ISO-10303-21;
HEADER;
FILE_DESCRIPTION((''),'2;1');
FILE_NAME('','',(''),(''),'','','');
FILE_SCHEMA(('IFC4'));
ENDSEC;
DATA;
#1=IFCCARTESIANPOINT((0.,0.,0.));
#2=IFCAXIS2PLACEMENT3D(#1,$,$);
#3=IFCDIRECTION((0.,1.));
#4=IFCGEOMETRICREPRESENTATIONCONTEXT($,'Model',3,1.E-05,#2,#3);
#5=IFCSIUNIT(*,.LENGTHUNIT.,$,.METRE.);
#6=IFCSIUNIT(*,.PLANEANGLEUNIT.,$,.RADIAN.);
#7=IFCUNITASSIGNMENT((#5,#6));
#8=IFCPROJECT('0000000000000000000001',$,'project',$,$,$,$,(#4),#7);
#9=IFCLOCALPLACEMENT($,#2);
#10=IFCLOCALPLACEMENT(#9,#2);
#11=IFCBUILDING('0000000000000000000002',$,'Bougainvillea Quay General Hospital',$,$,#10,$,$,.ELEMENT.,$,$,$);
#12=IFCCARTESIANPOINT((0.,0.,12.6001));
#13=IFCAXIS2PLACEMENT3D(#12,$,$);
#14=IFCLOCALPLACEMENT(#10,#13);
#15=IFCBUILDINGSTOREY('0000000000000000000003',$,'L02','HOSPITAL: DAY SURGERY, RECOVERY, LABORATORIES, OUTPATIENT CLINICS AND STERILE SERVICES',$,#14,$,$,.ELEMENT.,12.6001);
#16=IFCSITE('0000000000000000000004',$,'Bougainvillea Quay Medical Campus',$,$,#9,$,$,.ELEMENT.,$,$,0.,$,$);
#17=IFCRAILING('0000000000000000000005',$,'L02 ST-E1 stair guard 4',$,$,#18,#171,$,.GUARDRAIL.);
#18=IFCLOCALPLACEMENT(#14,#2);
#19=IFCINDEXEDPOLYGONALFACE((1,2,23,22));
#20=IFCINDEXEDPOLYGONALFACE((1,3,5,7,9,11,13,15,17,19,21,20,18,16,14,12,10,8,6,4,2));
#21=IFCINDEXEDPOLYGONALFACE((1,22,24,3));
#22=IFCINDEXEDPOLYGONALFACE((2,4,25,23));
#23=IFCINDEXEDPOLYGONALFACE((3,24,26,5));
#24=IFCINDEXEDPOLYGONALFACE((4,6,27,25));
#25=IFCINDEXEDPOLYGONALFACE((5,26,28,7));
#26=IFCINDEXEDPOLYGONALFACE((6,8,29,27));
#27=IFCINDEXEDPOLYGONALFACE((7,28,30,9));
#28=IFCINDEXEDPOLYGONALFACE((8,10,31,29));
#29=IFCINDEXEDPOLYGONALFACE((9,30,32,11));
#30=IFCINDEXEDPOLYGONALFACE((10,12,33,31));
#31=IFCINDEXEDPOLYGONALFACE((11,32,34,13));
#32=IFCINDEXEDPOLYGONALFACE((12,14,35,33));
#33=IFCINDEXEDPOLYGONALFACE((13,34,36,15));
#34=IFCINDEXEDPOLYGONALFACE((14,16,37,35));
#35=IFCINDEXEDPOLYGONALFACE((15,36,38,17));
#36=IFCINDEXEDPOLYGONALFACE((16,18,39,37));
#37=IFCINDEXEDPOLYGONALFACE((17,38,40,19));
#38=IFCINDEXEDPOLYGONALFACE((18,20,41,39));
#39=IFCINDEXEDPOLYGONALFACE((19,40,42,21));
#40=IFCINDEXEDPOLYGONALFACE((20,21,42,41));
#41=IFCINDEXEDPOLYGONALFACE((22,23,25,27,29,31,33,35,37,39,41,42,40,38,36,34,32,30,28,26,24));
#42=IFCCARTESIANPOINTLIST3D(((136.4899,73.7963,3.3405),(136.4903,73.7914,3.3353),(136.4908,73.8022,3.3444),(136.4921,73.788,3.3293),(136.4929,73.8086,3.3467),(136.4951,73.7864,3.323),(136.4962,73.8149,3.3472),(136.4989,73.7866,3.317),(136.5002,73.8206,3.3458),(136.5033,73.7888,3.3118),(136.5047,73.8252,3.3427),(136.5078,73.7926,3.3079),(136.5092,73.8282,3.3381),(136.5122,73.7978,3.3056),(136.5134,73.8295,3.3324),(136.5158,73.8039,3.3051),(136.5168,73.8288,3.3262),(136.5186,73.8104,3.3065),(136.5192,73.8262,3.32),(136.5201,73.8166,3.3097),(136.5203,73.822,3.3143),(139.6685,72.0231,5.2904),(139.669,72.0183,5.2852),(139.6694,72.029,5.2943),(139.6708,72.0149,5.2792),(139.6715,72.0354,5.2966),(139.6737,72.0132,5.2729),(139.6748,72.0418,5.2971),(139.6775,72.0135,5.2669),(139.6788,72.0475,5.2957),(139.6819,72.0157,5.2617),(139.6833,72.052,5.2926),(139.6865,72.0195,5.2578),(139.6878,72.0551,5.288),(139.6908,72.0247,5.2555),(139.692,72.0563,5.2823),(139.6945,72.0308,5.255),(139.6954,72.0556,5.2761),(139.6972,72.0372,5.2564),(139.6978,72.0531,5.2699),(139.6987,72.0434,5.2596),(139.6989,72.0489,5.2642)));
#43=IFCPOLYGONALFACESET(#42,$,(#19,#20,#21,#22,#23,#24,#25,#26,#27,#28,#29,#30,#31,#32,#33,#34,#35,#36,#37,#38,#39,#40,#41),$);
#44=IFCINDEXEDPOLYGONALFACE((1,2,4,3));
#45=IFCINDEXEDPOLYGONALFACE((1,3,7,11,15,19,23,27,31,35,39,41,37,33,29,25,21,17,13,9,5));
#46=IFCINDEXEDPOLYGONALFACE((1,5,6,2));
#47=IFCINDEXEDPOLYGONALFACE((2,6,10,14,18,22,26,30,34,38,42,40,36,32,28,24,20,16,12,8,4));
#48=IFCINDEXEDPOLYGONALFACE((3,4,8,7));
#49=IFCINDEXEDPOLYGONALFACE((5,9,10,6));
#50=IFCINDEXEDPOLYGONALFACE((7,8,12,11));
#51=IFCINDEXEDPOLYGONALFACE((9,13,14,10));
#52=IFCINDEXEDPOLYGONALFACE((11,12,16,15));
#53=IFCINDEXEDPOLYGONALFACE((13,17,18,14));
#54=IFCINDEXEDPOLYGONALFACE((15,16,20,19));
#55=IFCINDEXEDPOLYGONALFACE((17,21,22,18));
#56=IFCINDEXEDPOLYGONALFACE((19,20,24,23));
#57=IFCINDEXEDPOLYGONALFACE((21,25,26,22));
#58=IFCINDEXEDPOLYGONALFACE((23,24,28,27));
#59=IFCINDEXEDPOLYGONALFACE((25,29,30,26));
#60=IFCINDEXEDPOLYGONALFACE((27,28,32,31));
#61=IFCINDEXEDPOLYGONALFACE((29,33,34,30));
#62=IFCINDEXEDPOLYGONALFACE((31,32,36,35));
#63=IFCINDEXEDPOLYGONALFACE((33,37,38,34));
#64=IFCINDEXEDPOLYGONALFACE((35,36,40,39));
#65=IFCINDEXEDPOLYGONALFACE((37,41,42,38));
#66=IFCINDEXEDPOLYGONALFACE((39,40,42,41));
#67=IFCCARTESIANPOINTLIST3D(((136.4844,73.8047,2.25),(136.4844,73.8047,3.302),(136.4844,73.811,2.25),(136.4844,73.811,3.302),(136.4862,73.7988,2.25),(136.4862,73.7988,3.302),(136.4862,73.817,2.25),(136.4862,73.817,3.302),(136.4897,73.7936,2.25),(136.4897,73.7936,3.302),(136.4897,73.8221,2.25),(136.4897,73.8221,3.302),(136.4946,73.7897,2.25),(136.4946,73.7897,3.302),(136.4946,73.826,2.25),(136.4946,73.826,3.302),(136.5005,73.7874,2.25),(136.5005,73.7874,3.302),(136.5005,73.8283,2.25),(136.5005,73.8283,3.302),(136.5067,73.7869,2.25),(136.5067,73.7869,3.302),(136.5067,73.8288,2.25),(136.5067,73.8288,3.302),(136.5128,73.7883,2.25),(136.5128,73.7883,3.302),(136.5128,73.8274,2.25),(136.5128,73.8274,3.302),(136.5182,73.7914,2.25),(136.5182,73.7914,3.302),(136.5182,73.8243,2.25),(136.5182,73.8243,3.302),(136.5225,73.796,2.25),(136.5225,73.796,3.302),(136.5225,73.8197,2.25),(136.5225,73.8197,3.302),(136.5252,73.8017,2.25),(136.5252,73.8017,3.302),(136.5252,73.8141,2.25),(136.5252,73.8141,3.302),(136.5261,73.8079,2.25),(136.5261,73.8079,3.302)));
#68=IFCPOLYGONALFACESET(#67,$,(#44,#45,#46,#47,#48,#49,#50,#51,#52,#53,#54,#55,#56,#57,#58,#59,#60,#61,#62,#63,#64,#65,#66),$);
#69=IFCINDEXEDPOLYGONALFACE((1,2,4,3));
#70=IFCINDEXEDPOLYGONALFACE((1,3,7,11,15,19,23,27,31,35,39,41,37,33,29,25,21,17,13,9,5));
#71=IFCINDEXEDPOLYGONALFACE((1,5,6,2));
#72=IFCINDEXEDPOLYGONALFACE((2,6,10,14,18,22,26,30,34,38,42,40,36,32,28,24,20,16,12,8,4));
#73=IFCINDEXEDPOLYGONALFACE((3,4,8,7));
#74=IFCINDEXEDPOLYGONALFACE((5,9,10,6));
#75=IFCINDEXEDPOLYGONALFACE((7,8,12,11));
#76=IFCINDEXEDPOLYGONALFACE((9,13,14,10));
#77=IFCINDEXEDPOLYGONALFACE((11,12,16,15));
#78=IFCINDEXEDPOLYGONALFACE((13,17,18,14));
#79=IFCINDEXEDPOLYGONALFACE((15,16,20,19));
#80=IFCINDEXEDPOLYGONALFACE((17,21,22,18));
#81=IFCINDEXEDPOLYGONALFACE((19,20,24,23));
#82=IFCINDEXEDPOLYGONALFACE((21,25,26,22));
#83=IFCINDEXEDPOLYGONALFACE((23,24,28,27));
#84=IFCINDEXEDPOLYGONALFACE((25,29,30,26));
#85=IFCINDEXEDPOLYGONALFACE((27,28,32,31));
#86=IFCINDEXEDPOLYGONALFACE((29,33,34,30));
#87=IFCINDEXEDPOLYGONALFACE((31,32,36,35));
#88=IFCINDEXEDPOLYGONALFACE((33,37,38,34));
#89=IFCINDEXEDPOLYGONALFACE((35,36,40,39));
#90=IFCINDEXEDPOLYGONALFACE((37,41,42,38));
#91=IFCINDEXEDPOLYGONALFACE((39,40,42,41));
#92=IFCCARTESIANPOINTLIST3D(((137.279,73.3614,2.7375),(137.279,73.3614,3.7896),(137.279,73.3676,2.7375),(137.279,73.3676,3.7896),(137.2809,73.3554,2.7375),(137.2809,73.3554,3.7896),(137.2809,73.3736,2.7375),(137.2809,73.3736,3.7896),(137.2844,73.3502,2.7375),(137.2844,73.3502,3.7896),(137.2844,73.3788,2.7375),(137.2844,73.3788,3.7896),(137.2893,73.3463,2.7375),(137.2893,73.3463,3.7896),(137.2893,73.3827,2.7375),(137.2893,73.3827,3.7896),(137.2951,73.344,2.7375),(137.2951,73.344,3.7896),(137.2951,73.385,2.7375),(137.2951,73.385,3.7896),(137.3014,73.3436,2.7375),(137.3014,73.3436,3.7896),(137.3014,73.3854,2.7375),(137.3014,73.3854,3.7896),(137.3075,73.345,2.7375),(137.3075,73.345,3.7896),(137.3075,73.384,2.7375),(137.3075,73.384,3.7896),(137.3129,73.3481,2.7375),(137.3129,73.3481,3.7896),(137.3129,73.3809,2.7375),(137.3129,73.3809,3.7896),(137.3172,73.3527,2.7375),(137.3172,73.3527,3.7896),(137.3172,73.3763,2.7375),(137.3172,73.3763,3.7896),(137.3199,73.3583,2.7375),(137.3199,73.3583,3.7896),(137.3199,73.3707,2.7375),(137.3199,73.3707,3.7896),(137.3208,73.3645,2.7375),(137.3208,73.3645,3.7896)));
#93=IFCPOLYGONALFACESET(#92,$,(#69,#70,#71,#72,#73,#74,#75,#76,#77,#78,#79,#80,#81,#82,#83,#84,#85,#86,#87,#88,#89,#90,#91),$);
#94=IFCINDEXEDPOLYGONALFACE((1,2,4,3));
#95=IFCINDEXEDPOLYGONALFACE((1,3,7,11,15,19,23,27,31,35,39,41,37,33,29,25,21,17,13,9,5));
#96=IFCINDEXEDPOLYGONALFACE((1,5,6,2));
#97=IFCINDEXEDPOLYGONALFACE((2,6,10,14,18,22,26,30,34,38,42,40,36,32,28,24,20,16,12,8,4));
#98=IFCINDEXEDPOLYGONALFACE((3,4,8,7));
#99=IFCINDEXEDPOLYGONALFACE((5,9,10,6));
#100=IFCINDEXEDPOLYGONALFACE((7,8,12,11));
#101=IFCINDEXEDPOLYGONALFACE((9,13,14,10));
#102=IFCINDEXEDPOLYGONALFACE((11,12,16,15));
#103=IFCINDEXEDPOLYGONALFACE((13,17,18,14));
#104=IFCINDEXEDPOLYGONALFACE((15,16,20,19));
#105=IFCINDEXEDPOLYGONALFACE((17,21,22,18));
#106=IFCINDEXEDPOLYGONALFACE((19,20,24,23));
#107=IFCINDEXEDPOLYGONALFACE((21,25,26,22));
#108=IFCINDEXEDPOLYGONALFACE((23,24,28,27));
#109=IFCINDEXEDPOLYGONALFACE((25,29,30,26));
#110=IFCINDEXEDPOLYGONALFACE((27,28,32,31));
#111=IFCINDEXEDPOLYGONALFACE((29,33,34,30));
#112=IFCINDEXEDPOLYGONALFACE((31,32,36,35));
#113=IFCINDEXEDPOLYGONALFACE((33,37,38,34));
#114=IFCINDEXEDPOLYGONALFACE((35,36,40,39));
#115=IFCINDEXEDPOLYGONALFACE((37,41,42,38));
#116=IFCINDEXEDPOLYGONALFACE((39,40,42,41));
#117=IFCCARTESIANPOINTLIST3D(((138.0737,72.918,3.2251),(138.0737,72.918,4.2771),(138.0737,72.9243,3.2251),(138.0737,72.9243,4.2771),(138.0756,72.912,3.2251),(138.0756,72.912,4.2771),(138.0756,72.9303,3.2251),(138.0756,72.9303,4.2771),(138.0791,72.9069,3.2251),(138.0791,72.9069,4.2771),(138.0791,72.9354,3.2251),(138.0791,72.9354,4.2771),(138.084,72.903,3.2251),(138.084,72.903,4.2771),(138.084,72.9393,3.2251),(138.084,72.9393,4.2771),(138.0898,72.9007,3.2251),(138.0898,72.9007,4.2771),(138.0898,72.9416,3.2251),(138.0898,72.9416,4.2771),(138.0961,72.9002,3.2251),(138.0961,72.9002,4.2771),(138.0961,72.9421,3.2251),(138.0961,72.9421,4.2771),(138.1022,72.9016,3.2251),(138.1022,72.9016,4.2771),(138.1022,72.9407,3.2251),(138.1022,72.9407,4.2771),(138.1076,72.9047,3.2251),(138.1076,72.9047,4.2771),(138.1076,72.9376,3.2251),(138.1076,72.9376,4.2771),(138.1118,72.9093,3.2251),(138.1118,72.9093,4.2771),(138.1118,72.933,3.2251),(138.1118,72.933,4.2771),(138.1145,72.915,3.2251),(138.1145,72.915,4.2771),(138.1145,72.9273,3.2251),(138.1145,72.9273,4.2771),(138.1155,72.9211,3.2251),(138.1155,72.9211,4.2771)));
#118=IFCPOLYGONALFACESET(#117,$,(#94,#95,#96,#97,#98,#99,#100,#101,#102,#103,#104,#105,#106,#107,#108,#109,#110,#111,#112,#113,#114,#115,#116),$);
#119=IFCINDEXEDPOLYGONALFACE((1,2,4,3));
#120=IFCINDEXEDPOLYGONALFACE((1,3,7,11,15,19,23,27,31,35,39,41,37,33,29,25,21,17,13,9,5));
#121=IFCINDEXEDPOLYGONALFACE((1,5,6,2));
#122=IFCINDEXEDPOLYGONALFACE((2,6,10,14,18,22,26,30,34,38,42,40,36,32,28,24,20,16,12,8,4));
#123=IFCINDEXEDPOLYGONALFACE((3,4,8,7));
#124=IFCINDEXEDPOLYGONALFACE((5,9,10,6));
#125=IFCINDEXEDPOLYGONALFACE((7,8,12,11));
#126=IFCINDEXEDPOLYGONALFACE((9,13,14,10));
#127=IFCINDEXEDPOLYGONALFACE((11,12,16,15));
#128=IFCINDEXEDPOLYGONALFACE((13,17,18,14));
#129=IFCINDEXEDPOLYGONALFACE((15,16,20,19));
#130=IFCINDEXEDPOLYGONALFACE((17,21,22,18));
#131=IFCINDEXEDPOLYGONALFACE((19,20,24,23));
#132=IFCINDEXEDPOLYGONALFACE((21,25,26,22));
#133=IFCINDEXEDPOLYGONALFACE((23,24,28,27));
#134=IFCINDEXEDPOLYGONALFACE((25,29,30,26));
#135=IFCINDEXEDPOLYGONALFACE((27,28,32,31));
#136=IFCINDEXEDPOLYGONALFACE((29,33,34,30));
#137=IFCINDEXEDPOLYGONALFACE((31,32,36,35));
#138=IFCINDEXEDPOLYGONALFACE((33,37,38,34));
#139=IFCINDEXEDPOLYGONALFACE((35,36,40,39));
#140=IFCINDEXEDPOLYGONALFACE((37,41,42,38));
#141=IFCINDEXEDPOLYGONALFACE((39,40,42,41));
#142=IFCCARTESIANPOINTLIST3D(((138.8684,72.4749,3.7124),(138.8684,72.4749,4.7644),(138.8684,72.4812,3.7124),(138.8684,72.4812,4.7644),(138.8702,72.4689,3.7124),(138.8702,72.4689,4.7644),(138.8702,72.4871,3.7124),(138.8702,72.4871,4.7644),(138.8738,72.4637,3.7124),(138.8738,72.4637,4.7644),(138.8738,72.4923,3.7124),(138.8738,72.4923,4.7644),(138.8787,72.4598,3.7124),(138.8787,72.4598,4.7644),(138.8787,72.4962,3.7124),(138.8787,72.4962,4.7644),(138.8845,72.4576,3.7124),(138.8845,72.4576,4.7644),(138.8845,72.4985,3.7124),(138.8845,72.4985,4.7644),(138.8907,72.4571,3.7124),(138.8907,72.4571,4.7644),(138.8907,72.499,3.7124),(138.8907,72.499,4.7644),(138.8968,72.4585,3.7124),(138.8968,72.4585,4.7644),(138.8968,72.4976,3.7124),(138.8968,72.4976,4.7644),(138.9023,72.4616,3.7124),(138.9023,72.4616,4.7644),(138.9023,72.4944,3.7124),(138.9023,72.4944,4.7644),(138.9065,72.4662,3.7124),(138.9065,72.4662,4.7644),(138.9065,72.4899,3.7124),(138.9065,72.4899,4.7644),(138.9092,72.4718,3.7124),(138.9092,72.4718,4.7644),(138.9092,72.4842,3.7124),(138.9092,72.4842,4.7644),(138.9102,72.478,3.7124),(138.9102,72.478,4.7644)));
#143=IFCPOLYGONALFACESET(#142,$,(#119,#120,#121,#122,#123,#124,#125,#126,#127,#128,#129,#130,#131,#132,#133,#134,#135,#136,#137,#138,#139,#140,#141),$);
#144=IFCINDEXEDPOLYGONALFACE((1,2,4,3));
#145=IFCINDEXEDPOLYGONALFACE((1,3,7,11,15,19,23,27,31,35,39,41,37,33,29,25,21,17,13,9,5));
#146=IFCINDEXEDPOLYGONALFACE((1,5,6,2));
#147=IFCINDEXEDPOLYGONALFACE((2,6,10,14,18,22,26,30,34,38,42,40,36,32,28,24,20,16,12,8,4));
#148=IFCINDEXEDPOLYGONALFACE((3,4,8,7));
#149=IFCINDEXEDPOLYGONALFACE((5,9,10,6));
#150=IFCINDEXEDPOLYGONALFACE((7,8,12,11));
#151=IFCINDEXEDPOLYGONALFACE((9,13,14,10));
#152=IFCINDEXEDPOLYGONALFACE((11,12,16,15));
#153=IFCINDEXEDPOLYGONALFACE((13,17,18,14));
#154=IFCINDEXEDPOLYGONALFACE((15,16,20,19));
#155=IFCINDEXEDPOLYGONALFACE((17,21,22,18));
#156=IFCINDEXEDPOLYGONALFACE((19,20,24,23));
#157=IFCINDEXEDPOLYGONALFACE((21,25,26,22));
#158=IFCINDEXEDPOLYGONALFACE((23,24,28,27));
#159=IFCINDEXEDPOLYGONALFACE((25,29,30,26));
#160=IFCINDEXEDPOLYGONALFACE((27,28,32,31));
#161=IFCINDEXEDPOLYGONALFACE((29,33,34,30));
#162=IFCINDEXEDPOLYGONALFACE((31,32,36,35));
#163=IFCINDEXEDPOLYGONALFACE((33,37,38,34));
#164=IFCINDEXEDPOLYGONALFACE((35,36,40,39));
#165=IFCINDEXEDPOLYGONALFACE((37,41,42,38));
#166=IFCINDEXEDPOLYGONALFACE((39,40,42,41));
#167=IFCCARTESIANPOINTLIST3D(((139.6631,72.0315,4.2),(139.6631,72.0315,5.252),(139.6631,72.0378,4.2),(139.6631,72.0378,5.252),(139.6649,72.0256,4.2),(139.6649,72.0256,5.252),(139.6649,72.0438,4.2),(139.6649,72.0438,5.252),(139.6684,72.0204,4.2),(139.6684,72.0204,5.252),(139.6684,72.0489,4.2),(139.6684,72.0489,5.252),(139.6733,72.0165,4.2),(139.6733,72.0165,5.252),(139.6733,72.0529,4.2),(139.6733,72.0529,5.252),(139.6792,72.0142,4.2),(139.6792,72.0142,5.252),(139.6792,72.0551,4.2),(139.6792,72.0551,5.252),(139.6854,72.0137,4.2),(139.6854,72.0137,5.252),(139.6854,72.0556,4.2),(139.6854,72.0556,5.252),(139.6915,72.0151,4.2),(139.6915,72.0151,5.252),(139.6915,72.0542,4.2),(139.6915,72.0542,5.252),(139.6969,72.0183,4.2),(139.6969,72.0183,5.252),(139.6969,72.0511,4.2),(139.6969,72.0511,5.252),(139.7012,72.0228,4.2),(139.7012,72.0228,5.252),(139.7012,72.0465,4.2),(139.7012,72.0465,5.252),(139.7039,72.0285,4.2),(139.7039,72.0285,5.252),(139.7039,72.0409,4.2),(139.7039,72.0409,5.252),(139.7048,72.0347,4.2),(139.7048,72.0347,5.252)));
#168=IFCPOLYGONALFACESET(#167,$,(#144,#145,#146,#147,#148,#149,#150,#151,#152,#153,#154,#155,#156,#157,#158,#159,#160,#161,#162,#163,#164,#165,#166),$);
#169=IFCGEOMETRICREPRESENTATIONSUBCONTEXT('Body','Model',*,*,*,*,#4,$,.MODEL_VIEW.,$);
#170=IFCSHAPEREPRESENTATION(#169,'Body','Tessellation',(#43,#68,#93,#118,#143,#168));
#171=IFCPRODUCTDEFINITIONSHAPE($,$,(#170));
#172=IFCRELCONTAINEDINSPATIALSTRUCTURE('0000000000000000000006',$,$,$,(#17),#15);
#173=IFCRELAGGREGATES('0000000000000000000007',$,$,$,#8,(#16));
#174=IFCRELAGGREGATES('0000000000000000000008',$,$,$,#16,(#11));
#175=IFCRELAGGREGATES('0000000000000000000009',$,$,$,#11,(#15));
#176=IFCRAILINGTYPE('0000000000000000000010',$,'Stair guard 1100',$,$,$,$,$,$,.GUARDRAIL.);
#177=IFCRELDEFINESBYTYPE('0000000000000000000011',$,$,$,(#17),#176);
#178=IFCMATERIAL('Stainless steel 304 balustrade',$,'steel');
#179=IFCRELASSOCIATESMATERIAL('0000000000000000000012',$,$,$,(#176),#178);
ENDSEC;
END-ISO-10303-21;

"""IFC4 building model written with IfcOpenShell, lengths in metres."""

from ifc_helpers import new_model, si_unit, direction, frame, origin, origin_2d, place, context, subcontext, project, spatial, circle, extrude, material, type_object, element, save


model = new_model("IFC4")

# Units and contexts
model_context = context("Model", 3, precision=1e-05, world=origin(), true_north=direction((0.0, 1.0)))
body_context = subcontext(model_context, "Body", "Model", "MODEL_VIEW")
ifc_project = project(units=[si_unit("LENGTHUNIT", "METRE"), si_unit("PLANEANGLEUNIT", "RADIAN")], contexts=[model_context])

# Site, building, storey
site_placement = place(None, origin())
site = spatial("IfcSite", under=ifc_project, at=site_placement, Name="Bougainvillea Quay Medical Campus", CompositionType="ELEMENT", RefElevation=0.0)
building_placement = place(site_placement, origin())
building = spatial("IfcBuilding", under=site, at=building_placement, Name="Bougainvillea Quay General Hospital", CompositionType="ELEMENT")
storey_placement = place(building_placement, frame((0.0, 0.0, 12.6001)))
storey = spatial("IfcBuildingStorey", under=building, at=storey_placement, Name="L02", Description="HOSPITAL: DAY SURGERY, RECOVERY, LABORATORIES, OUTPATIENT CLINICS AND STERILE SERVICES", CompositionType="ELEMENT", Elevation=12.6001)

# Railing
ifc_material_1 = material(Name="Stainless steel 304 balustrade", Category="steel")
railing_type_1 = type_object("IfcRailingType", Name="Stair guard 1100", PredefinedType="GUARDRAIL", material=ifc_material_1)
railing_1_placement = place(storey_placement, frame((136.5051, 73.8079, 2.25)))
element("IfcRailing", 1, at=railing_1_placement, inside=storey, type_object=railing_type_1, Name="L02 ST-E1 stair guard 4", PredefinedType="GUARDRAIL", context=body_context, shape_type="SweptSolid", body=[
    extrude(circle(Radius=0.0239, at=origin_2d()), frame((0.0, 0.0, 1.0762), z_axis=(0.769803, -0.429422, 0.472229), x_axis=(0.487163, 0.873311, 0.0)), (0.0, 0.0, 1.0), 4.1292),
    extrude(circle(Radius=0.021, at=origin_2d()), origin(), (0.0, 0.0, 1.0), 1.052),
    extrude(circle(Radius=0.021, at=origin_2d()), frame((0.7947, -0.4434, 0.4875)), (0.0, 0.0, 1.0), 1.052),
    extrude(circle(Radius=0.021, at=origin_2d()), frame((1.5894, -0.8867, 0.9751)), (0.0, 0.0, 1.0), 1.052),
    extrude(circle(Radius=0.021, at=origin_2d()), frame((2.384, -1.3298, 1.4624)), (0.0, 0.0, 1.0), 1.052),
    extrude(circle(Radius=0.021, at=origin_2d()), frame((3.1787, -1.7732, 1.95)), (0.0, 0.0, 1.0), 1.052),
])

save(model, "model.ifc")
